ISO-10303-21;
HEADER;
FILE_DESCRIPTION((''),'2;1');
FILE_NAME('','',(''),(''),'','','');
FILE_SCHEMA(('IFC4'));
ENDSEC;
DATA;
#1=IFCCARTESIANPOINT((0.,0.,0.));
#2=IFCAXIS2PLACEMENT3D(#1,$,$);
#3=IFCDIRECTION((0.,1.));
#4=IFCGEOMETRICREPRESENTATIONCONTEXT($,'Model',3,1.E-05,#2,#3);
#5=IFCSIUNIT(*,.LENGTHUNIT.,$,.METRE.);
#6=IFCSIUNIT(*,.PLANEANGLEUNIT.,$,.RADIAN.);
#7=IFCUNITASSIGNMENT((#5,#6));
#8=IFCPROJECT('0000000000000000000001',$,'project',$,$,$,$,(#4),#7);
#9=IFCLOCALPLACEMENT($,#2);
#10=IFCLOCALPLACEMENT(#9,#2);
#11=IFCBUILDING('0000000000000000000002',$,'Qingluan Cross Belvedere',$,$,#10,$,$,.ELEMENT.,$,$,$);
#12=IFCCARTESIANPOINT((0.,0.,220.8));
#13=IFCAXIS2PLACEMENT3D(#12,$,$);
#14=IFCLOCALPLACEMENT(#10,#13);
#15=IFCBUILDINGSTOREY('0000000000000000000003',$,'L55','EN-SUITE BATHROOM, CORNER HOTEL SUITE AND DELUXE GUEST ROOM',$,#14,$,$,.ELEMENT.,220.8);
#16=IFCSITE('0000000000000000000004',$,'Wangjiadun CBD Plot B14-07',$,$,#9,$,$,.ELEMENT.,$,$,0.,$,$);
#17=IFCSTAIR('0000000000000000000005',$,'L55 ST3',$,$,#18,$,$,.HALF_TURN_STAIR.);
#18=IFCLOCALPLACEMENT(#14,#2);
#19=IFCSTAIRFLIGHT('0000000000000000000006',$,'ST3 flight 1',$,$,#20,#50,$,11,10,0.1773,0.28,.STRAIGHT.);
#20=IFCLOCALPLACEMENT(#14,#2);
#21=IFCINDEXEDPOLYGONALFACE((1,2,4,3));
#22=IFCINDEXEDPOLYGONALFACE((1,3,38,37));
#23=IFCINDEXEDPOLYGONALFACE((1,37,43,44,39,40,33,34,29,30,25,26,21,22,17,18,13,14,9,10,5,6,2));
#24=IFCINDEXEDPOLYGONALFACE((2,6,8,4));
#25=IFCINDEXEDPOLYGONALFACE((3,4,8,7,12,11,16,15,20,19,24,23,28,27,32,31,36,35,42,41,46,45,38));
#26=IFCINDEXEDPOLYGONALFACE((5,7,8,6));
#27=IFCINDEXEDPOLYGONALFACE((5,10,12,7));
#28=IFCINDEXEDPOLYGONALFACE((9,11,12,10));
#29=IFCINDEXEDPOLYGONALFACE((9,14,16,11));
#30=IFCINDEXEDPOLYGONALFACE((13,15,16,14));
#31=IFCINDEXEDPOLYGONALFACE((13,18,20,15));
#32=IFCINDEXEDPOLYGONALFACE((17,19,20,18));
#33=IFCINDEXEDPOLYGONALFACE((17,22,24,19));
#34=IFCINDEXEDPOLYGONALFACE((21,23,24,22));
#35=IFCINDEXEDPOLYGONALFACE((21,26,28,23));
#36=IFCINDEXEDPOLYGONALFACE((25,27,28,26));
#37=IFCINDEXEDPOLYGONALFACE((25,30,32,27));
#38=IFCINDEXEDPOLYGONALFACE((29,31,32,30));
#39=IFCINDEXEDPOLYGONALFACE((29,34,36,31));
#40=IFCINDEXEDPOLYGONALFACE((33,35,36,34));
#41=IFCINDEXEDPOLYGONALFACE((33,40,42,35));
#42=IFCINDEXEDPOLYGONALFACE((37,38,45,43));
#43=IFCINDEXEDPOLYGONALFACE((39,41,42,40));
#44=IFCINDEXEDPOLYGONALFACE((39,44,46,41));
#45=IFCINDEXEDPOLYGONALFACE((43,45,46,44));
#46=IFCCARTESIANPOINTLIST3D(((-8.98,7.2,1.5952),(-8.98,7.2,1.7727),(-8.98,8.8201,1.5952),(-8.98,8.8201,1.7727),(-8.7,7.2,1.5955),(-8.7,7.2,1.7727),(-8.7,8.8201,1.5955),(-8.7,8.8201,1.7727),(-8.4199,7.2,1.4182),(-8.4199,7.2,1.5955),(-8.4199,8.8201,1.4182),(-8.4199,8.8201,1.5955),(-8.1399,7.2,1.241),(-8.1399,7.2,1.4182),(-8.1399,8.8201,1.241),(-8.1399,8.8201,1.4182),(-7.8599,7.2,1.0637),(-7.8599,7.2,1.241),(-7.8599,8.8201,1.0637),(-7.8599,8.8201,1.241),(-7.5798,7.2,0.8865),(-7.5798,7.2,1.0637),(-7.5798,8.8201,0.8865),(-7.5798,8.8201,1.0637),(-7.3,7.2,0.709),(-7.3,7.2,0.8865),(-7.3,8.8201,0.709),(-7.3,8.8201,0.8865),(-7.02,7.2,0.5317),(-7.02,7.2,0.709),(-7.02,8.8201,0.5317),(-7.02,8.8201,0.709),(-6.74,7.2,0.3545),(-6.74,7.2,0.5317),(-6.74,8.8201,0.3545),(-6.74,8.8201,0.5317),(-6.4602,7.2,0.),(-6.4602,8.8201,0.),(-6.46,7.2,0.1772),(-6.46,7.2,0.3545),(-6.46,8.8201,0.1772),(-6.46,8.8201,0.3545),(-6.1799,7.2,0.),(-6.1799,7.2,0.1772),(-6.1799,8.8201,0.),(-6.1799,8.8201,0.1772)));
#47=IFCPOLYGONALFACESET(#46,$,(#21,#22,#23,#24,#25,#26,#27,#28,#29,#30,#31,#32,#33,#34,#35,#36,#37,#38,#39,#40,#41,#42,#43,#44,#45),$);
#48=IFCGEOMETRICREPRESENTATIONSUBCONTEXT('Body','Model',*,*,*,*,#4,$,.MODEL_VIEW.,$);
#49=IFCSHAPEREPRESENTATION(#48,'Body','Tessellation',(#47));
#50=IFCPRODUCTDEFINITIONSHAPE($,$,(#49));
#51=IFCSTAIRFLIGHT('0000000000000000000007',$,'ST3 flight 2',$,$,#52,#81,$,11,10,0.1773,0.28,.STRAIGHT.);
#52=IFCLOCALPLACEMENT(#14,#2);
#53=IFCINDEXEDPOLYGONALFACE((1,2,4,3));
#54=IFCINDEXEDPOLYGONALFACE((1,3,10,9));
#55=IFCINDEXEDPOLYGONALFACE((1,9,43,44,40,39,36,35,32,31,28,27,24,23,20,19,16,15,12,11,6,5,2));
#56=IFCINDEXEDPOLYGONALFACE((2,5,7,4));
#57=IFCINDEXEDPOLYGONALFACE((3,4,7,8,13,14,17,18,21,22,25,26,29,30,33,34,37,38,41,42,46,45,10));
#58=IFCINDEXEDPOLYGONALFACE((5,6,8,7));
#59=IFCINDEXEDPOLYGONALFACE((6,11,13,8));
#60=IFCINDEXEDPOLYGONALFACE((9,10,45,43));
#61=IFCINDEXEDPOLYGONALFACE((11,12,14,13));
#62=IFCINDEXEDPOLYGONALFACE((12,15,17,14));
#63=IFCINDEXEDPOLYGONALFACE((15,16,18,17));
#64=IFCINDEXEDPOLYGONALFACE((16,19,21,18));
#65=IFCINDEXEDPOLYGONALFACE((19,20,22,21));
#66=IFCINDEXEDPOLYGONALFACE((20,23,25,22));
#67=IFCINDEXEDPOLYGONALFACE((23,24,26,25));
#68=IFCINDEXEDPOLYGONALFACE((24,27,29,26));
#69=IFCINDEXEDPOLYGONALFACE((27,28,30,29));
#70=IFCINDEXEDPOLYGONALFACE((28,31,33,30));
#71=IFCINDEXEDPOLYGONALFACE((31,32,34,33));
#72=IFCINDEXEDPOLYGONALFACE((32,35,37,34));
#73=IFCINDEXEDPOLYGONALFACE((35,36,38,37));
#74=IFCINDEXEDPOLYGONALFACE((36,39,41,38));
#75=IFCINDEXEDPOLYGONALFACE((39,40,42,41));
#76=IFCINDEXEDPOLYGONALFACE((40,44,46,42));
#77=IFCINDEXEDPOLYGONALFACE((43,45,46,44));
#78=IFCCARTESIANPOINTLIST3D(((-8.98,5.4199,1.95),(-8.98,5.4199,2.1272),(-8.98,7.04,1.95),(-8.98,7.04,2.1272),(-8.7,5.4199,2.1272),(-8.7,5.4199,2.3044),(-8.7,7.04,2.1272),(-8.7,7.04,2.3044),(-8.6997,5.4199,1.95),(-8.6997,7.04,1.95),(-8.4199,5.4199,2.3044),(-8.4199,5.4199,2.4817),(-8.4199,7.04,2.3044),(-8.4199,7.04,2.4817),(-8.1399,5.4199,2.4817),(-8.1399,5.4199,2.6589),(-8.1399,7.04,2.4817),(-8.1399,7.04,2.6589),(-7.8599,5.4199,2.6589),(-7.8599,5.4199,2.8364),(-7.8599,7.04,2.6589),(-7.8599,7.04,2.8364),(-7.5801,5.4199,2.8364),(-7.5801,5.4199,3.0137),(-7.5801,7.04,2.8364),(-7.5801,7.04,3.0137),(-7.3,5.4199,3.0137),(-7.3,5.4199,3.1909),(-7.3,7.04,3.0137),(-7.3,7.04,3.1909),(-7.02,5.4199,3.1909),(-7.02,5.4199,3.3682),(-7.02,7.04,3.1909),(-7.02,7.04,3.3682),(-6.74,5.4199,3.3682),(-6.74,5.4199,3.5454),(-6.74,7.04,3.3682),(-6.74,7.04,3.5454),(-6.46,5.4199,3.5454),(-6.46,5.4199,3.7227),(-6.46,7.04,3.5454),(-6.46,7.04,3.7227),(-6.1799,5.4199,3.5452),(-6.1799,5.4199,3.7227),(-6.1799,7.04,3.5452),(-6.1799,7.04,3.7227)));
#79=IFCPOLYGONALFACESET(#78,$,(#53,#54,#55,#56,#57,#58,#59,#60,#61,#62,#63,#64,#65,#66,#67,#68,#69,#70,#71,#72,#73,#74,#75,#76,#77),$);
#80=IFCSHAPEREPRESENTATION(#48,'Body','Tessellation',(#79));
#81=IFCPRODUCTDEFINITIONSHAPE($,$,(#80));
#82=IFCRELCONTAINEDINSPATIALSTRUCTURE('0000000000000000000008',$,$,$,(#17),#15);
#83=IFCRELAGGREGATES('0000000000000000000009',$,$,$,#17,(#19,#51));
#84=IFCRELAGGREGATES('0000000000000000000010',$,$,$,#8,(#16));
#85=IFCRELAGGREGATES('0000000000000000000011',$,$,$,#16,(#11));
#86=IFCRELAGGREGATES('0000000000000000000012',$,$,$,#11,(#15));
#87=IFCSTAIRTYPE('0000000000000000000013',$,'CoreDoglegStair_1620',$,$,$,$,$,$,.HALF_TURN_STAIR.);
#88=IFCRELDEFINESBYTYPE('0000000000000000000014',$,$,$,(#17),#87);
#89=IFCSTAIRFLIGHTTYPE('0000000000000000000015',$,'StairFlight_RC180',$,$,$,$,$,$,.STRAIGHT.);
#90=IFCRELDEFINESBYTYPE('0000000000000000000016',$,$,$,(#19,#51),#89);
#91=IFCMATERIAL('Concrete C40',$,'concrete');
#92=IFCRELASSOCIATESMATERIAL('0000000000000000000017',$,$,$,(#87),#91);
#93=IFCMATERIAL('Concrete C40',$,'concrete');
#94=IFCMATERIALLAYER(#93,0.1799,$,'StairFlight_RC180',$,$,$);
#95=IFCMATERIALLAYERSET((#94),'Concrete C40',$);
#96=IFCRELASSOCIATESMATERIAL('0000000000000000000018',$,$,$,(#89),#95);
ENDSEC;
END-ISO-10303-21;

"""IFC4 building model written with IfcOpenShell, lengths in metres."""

from ifc_helpers import new_model, si_unit, direction, frame, origin, place, context, subcontext, project, spatial, polyline, outline, extrude, material, layer, layer_set, type_object, element, aggregate, save


model = new_model("IFC4")

# Units and contexts
model_context = context("Model", 3, precision=1e-05, world=origin(), true_north=direction((0.0, 1.0)))
body_context = subcontext(model_context, "Body", "Model", "MODEL_VIEW")
ifc_project = project(units=[si_unit("LENGTHUNIT", "METRE"), si_unit("PLANEANGLEUNIT", "RADIAN")], contexts=[model_context])

# Site, building, storey
site_placement = place(None, origin())
site = spatial("IfcSite", under=ifc_project, at=site_placement, Name="Wangjiadun CBD Plot B14-07", CompositionType="ELEMENT", RefElevation=0.0)
building_placement = place(site_placement, origin())
building = spatial("IfcBuilding", under=site, at=building_placement, Name="Qingluan Cross Belvedere", CompositionType="ELEMENT")
storey_placement = place(building_placement, frame((0.0, 0.0, 220.8)))
storey = spatial("IfcBuildingStorey", under=building, at=storey_placement, Name="L55", Description="EN-SUITE BATHROOM, CORNER HOTEL SUITE AND DELUXE GUEST ROOM", CompositionType="ELEMENT", Elevation=220.8)

# Stair, stair flights
ifc_material_1 = material(Name="Concrete C40", Category="concrete")
stair_type = type_object("IfcStairType", Name="CoreDoglegStair_1620", PredefinedType="HALF_TURN_STAIR", material=ifc_material_1)
stair_placement = place(storey_placement, origin())
stair = element("IfcStair", 1, at=stair_placement, inside=storey, type_object=stair_type, Name="L55 ST3", PredefinedType="HALF_TURN_STAIR")
ifc_material_2 = material(Name="Concrete C40", Category="concrete")
ifc_layer_1 = layer(ifc_material_2, 0.1799, Name="StairFlight_RC180")
ifc_layer_set_1 = layer_set([ifc_layer_1], Name="Concrete C40")
stair_flight_type = type_object("IfcStairFlightType", Name="StairFlight_RC180", PredefinedType="STRAIGHT", material=ifc_layer_set_1)
stair_flight_1_placement = place(storey_placement, frame((-6.1799, 8.01, 0.0), z_axis=(0.0, 0.0, 1.0), x_axis=(-1.0, 0.0, 0.0)))
stair_flight_1 = element("IfcStairFlight", 2, at=stair_flight_1_placement, type_object=stair_flight_type, Name="ST3 flight 1", NumberOfRisers=11, NumberOfTreads=10, PredefinedType="STRAIGHT", RiserHeight=0.1773, TreadLength=0.28, context=body_context, shape_type="SweptSolid", body=[
    extrude(outline(polyline([(0.0, 0.0), (0.0, 0.1772), (0.28, 0.1772), (0.28, 0.3545), (0.5601, 0.3545), (0.5601, 0.5317), (0.8401, 0.5317), (0.8401, 0.709), (1.1201, 0.709), (1.1201, 0.8865), (1.3999, 0.8865), (1.3999, 1.0637), (1.6799, 1.0637), (1.6799, 1.241), (1.96, 1.241), (1.96, 1.4182), (2.24, 1.4182), (2.24, 1.5955), (2.52, 1.5955), (2.52, 1.7727), (2.8, 1.7727), (2.8, 1.95), (2.8, 1.5952), (0.2803, 0.0), (0.0, 0.0)])), frame((0.0, 0.8101, 0.0), z_axis=(0.0, -1.0, 0.0), x_axis=(1.0, 0.0, 0.0)), (0.0, 0.0, 1.0), 1.6201),
])
stair_flight_2_placement = place(storey_placement, frame((-8.98, 6.23, 1.95), z_axis=(0.0, 0.0, 1.0), x_axis=(1.0, 0.0, 0.0)))
stair_flight_2 = element("IfcStairFlight", 3, at=stair_flight_2_placement, type_object=stair_flight_type, Name="ST3 flight 2", NumberOfRisers=11, NumberOfTreads=10, PredefinedType="STRAIGHT", RiserHeight=0.1773, TreadLength=0.28, context=body_context, shape_type="SweptSolid", body=[
    extrude(outline(polyline([(0.0, 0.0), (0.0, 0.1772), (0.28, 0.1772), (0.28, 0.3545), (0.5601, 0.3545), (0.5601, 0.5317), (0.8401, 0.5317), (0.8401, 0.709), (1.1201, 0.709), (1.1201, 0.8865), (1.3999, 0.8865), (1.3999, 1.0637), (1.6799, 1.0637), (1.6799, 1.241), (1.96, 1.241), (1.96, 1.4182), (2.24, 1.4182), (2.24, 1.5955), (2.52, 1.5955), (2.52, 1.7727), (2.8, 1.7727), (2.8, 1.95), (2.8, 1.5952), (0.2803, 0.0), (0.0, 0.0)])), frame((0.0, 0.8101, 0.0), z_axis=(0.0, -1.0, 0.0), x_axis=(1.0, 0.0, 0.0)), (0.0, 0.0, 1.0), 1.6201),
])
aggregate(stair, [stair_flight_1, stair_flight_2])

save(model, "model.ifc")
